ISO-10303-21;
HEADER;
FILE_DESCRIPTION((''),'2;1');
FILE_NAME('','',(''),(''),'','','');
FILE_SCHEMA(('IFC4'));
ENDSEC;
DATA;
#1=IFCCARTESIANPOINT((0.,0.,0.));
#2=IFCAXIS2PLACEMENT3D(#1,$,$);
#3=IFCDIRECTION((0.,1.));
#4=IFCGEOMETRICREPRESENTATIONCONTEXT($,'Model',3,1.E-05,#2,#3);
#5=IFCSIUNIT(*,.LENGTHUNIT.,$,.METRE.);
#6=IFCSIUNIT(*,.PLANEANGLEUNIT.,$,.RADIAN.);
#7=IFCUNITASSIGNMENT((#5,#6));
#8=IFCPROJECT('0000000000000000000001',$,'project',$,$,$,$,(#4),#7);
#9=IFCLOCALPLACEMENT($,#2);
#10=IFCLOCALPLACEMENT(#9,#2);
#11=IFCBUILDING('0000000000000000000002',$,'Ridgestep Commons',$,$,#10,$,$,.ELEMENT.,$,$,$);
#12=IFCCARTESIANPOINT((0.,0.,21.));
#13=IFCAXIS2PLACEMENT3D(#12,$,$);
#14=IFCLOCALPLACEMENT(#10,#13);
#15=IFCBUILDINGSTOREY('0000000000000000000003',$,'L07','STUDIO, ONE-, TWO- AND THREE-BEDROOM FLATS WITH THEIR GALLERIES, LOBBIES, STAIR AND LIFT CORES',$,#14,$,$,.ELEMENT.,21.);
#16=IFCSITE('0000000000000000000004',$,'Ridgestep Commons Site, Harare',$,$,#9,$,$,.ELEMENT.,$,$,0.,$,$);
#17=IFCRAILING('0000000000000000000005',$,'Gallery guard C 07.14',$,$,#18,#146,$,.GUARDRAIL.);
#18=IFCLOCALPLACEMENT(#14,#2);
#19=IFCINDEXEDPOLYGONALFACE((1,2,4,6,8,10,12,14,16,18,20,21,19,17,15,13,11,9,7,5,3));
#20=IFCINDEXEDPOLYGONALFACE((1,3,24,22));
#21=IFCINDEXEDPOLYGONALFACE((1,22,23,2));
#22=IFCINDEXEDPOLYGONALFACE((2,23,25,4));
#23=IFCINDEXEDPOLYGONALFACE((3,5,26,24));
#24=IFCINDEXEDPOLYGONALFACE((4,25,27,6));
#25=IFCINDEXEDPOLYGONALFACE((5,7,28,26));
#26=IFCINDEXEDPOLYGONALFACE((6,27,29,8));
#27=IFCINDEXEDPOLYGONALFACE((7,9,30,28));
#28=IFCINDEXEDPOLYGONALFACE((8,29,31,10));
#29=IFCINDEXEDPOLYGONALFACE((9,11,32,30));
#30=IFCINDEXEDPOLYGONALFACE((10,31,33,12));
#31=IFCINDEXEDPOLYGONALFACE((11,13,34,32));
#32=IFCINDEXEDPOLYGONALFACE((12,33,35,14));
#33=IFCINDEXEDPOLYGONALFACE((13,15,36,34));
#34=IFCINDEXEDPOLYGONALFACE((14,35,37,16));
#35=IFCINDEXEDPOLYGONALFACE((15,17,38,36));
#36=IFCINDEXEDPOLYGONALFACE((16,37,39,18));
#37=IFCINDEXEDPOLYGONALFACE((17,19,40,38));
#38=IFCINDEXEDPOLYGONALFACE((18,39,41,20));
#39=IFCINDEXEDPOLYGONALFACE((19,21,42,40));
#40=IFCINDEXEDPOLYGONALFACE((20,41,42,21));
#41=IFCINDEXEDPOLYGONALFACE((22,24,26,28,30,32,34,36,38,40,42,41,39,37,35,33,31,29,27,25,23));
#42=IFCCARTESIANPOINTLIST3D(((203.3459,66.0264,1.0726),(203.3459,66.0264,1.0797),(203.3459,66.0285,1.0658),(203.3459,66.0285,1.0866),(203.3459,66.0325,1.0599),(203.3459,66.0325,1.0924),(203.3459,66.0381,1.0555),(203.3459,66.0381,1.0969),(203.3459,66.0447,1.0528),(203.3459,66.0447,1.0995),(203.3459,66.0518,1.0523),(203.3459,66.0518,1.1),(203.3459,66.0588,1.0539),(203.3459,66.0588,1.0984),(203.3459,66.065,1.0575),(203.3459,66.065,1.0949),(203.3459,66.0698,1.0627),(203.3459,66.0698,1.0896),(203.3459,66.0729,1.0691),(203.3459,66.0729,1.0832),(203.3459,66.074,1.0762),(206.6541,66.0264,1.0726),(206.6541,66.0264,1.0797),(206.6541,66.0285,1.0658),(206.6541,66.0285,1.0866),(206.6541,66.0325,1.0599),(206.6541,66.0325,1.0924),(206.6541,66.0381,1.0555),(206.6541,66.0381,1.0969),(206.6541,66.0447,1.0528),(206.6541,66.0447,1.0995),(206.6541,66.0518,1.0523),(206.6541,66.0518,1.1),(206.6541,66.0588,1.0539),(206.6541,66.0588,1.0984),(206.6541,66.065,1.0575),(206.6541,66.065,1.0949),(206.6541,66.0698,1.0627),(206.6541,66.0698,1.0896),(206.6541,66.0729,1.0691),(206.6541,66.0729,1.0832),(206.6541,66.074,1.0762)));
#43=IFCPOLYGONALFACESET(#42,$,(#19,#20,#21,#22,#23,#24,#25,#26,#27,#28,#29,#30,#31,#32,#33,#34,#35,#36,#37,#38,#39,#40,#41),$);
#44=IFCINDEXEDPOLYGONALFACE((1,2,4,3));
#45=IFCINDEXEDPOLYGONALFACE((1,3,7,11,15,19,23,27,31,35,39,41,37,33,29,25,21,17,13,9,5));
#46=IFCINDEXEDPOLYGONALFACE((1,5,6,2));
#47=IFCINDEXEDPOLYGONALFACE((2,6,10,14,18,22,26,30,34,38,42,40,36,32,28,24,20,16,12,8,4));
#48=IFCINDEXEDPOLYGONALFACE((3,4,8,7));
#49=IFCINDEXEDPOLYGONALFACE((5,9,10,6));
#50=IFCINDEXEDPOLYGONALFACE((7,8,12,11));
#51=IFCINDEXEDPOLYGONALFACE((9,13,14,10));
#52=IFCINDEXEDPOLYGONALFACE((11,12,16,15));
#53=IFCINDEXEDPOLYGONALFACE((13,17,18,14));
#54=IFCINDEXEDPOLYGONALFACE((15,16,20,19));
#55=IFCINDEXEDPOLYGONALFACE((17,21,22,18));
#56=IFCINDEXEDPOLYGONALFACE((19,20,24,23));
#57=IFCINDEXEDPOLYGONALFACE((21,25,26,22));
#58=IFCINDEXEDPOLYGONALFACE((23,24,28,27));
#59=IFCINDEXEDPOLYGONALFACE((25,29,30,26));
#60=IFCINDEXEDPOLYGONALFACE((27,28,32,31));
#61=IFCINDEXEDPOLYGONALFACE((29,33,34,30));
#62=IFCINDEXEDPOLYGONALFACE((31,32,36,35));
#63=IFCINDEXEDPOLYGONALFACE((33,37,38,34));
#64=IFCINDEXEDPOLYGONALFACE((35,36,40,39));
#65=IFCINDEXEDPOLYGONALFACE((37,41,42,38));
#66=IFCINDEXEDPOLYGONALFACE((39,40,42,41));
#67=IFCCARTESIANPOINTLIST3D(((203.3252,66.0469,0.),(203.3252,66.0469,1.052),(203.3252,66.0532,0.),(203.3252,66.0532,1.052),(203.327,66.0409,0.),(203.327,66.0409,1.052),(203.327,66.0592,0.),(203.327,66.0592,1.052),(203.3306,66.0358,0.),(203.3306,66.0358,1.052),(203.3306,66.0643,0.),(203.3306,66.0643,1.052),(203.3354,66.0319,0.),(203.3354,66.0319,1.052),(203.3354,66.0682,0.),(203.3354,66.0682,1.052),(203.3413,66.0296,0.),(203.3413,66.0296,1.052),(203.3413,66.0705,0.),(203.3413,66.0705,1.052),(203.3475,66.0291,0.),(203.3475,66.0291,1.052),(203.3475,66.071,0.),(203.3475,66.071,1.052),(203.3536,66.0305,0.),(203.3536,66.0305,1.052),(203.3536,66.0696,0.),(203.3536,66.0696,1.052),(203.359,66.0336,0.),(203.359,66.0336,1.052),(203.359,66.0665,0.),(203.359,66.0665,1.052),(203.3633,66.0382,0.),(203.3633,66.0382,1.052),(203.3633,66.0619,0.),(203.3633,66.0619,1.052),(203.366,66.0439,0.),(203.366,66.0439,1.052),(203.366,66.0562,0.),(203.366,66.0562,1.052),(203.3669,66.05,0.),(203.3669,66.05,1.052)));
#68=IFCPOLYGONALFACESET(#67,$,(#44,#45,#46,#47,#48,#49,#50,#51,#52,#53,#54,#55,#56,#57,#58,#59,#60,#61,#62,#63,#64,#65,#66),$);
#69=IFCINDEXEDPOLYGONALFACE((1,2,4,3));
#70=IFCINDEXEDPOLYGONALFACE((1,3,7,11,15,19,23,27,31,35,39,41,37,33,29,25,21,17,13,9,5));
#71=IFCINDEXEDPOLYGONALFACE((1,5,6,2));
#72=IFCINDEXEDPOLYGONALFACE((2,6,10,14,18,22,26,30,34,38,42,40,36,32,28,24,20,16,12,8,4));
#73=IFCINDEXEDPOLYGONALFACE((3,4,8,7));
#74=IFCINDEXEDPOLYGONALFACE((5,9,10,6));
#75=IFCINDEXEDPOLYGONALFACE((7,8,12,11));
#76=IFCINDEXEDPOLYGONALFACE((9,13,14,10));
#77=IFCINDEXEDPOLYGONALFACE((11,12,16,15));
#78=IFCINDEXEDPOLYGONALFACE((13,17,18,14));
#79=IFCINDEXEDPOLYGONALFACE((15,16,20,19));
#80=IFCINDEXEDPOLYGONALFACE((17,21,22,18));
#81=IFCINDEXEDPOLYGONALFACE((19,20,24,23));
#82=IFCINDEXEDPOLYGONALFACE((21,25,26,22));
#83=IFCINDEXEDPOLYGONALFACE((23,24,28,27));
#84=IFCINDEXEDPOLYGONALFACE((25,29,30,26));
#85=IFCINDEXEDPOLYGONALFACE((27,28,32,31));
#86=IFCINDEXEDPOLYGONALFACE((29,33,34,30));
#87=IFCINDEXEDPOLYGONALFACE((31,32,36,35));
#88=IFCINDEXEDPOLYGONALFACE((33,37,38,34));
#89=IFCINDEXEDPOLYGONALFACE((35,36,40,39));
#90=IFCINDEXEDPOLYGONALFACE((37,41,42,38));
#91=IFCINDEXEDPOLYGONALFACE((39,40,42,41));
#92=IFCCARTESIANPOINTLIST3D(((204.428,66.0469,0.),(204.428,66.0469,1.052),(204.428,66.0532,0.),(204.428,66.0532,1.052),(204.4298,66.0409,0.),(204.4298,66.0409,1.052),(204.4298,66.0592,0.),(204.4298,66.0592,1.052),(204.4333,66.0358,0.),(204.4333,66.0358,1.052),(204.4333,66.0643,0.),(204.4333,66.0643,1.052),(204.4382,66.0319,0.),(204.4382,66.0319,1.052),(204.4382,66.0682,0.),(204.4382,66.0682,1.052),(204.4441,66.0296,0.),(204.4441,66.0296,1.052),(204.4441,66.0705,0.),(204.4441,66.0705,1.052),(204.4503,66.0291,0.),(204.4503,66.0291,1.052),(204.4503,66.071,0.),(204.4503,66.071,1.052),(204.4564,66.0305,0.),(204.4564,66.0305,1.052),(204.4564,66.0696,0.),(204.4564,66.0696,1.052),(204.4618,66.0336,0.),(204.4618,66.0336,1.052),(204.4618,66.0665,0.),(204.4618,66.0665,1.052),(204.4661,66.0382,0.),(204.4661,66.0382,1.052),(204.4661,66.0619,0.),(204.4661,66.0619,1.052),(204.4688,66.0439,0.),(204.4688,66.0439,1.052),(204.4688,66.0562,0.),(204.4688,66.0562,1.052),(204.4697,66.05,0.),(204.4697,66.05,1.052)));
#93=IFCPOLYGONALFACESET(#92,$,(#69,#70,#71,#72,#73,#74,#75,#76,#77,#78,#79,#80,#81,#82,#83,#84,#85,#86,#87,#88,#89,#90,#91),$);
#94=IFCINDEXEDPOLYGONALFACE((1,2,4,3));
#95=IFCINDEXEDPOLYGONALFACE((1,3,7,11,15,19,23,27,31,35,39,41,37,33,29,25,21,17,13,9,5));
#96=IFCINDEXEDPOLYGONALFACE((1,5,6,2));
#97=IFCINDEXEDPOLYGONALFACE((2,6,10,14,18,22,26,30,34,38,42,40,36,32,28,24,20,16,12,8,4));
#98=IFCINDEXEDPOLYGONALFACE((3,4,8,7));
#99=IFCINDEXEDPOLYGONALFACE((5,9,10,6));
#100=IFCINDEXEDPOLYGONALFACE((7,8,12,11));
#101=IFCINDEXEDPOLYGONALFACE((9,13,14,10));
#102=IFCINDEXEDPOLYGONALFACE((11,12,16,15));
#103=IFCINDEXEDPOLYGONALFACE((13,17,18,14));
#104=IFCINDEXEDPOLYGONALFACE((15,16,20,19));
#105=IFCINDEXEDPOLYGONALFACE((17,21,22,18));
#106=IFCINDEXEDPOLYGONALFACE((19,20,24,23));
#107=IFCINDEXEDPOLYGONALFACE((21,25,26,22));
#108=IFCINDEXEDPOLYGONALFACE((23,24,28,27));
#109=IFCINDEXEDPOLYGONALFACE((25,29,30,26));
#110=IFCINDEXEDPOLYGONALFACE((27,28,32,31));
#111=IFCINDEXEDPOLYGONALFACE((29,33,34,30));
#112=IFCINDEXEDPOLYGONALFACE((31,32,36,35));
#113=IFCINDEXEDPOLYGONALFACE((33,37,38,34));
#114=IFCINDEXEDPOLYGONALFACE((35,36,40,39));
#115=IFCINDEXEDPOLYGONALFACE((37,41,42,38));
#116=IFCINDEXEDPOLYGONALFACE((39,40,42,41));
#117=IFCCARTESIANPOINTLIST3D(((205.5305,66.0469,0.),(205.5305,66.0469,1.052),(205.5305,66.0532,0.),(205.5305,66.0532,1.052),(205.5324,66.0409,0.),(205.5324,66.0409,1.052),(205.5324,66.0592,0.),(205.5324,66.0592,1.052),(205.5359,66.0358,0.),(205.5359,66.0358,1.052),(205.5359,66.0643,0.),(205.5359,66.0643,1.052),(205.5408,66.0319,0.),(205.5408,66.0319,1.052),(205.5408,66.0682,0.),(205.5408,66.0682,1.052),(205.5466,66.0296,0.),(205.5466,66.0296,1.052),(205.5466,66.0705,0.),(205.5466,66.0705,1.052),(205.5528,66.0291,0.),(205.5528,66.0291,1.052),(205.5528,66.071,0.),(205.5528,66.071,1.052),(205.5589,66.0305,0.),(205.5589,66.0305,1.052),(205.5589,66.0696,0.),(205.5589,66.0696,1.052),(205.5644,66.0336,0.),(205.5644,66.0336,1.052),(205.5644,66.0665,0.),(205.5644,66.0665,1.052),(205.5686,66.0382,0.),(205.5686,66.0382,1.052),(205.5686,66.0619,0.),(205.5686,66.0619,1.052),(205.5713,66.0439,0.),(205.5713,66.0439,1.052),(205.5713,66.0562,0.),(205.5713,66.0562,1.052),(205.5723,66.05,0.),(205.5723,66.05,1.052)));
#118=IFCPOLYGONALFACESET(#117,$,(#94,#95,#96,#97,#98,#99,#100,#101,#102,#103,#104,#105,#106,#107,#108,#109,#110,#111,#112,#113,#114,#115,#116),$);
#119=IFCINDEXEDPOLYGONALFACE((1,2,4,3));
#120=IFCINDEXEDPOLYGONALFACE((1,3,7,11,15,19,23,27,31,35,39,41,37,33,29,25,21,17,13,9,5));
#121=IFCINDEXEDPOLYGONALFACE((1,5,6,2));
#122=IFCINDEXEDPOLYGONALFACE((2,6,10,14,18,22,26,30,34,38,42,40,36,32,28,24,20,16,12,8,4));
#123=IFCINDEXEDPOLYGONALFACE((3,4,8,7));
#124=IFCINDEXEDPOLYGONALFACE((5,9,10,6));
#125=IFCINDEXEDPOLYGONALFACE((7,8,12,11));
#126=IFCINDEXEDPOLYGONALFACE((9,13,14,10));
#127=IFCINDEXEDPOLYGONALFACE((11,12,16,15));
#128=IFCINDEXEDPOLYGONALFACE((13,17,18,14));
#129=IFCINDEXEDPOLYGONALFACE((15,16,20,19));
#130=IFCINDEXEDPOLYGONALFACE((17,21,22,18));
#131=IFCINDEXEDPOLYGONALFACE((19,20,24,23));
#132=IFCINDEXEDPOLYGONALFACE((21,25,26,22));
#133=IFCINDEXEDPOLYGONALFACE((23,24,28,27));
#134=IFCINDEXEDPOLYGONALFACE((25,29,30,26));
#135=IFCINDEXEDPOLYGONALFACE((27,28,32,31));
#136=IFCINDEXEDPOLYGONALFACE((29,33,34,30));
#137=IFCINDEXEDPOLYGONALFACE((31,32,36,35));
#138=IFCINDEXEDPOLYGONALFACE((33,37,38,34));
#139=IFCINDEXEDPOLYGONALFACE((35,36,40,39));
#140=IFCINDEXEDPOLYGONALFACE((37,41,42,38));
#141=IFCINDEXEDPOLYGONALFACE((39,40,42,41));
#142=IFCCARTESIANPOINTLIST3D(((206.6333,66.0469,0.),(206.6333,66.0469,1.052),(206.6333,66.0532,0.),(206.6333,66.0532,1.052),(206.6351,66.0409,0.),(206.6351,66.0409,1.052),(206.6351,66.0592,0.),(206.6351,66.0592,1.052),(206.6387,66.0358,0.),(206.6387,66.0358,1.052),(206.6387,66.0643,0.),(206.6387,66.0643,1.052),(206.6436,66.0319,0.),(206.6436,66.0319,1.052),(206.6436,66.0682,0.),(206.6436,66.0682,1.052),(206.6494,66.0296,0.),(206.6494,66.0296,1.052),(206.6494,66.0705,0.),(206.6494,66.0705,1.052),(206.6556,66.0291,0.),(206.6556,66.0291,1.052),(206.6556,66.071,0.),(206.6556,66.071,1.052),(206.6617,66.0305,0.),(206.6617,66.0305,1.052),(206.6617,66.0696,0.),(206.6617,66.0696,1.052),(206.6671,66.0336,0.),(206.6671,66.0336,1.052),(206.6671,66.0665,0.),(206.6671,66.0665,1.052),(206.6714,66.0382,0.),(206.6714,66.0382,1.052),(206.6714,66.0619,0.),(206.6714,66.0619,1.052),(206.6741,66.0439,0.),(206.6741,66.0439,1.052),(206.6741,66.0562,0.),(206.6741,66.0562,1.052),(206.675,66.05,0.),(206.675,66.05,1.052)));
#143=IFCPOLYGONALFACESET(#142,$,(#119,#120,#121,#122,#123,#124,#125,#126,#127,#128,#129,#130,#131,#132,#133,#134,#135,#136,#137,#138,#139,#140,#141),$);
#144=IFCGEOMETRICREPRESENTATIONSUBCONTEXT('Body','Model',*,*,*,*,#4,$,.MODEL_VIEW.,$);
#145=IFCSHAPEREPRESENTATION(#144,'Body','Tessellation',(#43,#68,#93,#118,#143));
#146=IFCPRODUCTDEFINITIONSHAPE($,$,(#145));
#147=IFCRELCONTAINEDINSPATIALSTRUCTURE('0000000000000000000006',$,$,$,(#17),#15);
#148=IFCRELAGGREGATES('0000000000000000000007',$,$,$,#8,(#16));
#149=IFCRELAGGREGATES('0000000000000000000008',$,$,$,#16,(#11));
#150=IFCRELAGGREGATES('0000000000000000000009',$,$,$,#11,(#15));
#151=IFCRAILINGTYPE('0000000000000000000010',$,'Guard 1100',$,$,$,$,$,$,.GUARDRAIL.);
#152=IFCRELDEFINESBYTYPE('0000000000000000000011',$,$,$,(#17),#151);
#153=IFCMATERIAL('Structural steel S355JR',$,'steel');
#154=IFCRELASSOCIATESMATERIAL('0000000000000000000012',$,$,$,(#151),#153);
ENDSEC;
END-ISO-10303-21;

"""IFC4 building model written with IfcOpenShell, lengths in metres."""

from ifc_helpers import new_model, si_unit, direction, frame, origin, origin_2d, place, context, subcontext, project, spatial, circle, extrude, material, type_object, element, save


model = new_model("IFC4")

# Units and contexts
model_context = context("Model", 3, precision=1e-05, world=origin(), true_north=direction((0.0, 1.0)))
body_context = subcontext(model_context, "Body", "Model", "MODEL_VIEW")
ifc_project = project(units=[si_unit("LENGTHUNIT", "METRE"), si_unit("PLANEANGLEUNIT", "RADIAN")], contexts=[model_context])

# Site, building, storey
site_placement = place(None, origin())
site = spatial("IfcSite", under=ifc_project, at=site_placement, Name="Ridgestep Commons Site, Harare", CompositionType="ELEMENT", RefElevation=0.0)
building_placement = place(site_placement, origin())
building = spatial("IfcBuilding", under=site, at=building_placement, Name="Ridgestep Commons", CompositionType="ELEMENT")
storey_placement = place(building_placement, frame((0.0, 0.0, 21.0)))
storey = spatial("IfcBuildingStorey", under=building, at=storey_placement, Name="L07", Description="STUDIO, ONE-, TWO- AND THREE-BEDROOM FLATS WITH THEIR GALLERIES, LOBBIES, STAIR AND LIFT CORES", CompositionType="ELEMENT", Elevation=21.0)

# Railing
ifc_material_1 = material(Name="Structural steel S355JR", Category="steel")
railing_type = type_object("IfcRailingType", Name="Guard 1100", PredefinedType="GUARDRAIL", material=ifc_material_1)
railing_1_placement = place(storey_placement, frame((203.3459, 66.05, 0.0)))
element("IfcRailing", 1, at=railing_1_placement, inside=storey, type_object=railing_type, Name="Gallery guard C 07.14", PredefinedType="GUARDRAIL", context=body_context, shape_type="SweptSolid", body=[
    extrude(circle(Radius=0.0239, at=origin_2d()), frame((0.0, 0.0, 1.0762), z_axis=(1.0, 0.0, 0.0), x_axis=(0.0, 1.0, 0.0)), (0.0, 0.0, 1.0), 3.3081),
    extrude(circle(Radius=0.021, at=origin_2d()), origin(), (0.0, 0.0, 1.0), 1.052),
    extrude(circle(Radius=0.021, at=origin_2d()), frame((1.1028, 0.0, 0.0)), (0.0, 0.0, 1.0), 1.052),
    extrude(circle(Radius=0.021, at=origin_2d()), frame((2.2053, 0.0, 0.0)), (0.0, 0.0, 1.0), 1.052),
    extrude(circle(Radius=0.021, at=origin_2d()), frame((3.3081, 0.0, 0.0)), (0.0, 0.0, 1.0), 1.052),
])

save(model, "model.ifc")
